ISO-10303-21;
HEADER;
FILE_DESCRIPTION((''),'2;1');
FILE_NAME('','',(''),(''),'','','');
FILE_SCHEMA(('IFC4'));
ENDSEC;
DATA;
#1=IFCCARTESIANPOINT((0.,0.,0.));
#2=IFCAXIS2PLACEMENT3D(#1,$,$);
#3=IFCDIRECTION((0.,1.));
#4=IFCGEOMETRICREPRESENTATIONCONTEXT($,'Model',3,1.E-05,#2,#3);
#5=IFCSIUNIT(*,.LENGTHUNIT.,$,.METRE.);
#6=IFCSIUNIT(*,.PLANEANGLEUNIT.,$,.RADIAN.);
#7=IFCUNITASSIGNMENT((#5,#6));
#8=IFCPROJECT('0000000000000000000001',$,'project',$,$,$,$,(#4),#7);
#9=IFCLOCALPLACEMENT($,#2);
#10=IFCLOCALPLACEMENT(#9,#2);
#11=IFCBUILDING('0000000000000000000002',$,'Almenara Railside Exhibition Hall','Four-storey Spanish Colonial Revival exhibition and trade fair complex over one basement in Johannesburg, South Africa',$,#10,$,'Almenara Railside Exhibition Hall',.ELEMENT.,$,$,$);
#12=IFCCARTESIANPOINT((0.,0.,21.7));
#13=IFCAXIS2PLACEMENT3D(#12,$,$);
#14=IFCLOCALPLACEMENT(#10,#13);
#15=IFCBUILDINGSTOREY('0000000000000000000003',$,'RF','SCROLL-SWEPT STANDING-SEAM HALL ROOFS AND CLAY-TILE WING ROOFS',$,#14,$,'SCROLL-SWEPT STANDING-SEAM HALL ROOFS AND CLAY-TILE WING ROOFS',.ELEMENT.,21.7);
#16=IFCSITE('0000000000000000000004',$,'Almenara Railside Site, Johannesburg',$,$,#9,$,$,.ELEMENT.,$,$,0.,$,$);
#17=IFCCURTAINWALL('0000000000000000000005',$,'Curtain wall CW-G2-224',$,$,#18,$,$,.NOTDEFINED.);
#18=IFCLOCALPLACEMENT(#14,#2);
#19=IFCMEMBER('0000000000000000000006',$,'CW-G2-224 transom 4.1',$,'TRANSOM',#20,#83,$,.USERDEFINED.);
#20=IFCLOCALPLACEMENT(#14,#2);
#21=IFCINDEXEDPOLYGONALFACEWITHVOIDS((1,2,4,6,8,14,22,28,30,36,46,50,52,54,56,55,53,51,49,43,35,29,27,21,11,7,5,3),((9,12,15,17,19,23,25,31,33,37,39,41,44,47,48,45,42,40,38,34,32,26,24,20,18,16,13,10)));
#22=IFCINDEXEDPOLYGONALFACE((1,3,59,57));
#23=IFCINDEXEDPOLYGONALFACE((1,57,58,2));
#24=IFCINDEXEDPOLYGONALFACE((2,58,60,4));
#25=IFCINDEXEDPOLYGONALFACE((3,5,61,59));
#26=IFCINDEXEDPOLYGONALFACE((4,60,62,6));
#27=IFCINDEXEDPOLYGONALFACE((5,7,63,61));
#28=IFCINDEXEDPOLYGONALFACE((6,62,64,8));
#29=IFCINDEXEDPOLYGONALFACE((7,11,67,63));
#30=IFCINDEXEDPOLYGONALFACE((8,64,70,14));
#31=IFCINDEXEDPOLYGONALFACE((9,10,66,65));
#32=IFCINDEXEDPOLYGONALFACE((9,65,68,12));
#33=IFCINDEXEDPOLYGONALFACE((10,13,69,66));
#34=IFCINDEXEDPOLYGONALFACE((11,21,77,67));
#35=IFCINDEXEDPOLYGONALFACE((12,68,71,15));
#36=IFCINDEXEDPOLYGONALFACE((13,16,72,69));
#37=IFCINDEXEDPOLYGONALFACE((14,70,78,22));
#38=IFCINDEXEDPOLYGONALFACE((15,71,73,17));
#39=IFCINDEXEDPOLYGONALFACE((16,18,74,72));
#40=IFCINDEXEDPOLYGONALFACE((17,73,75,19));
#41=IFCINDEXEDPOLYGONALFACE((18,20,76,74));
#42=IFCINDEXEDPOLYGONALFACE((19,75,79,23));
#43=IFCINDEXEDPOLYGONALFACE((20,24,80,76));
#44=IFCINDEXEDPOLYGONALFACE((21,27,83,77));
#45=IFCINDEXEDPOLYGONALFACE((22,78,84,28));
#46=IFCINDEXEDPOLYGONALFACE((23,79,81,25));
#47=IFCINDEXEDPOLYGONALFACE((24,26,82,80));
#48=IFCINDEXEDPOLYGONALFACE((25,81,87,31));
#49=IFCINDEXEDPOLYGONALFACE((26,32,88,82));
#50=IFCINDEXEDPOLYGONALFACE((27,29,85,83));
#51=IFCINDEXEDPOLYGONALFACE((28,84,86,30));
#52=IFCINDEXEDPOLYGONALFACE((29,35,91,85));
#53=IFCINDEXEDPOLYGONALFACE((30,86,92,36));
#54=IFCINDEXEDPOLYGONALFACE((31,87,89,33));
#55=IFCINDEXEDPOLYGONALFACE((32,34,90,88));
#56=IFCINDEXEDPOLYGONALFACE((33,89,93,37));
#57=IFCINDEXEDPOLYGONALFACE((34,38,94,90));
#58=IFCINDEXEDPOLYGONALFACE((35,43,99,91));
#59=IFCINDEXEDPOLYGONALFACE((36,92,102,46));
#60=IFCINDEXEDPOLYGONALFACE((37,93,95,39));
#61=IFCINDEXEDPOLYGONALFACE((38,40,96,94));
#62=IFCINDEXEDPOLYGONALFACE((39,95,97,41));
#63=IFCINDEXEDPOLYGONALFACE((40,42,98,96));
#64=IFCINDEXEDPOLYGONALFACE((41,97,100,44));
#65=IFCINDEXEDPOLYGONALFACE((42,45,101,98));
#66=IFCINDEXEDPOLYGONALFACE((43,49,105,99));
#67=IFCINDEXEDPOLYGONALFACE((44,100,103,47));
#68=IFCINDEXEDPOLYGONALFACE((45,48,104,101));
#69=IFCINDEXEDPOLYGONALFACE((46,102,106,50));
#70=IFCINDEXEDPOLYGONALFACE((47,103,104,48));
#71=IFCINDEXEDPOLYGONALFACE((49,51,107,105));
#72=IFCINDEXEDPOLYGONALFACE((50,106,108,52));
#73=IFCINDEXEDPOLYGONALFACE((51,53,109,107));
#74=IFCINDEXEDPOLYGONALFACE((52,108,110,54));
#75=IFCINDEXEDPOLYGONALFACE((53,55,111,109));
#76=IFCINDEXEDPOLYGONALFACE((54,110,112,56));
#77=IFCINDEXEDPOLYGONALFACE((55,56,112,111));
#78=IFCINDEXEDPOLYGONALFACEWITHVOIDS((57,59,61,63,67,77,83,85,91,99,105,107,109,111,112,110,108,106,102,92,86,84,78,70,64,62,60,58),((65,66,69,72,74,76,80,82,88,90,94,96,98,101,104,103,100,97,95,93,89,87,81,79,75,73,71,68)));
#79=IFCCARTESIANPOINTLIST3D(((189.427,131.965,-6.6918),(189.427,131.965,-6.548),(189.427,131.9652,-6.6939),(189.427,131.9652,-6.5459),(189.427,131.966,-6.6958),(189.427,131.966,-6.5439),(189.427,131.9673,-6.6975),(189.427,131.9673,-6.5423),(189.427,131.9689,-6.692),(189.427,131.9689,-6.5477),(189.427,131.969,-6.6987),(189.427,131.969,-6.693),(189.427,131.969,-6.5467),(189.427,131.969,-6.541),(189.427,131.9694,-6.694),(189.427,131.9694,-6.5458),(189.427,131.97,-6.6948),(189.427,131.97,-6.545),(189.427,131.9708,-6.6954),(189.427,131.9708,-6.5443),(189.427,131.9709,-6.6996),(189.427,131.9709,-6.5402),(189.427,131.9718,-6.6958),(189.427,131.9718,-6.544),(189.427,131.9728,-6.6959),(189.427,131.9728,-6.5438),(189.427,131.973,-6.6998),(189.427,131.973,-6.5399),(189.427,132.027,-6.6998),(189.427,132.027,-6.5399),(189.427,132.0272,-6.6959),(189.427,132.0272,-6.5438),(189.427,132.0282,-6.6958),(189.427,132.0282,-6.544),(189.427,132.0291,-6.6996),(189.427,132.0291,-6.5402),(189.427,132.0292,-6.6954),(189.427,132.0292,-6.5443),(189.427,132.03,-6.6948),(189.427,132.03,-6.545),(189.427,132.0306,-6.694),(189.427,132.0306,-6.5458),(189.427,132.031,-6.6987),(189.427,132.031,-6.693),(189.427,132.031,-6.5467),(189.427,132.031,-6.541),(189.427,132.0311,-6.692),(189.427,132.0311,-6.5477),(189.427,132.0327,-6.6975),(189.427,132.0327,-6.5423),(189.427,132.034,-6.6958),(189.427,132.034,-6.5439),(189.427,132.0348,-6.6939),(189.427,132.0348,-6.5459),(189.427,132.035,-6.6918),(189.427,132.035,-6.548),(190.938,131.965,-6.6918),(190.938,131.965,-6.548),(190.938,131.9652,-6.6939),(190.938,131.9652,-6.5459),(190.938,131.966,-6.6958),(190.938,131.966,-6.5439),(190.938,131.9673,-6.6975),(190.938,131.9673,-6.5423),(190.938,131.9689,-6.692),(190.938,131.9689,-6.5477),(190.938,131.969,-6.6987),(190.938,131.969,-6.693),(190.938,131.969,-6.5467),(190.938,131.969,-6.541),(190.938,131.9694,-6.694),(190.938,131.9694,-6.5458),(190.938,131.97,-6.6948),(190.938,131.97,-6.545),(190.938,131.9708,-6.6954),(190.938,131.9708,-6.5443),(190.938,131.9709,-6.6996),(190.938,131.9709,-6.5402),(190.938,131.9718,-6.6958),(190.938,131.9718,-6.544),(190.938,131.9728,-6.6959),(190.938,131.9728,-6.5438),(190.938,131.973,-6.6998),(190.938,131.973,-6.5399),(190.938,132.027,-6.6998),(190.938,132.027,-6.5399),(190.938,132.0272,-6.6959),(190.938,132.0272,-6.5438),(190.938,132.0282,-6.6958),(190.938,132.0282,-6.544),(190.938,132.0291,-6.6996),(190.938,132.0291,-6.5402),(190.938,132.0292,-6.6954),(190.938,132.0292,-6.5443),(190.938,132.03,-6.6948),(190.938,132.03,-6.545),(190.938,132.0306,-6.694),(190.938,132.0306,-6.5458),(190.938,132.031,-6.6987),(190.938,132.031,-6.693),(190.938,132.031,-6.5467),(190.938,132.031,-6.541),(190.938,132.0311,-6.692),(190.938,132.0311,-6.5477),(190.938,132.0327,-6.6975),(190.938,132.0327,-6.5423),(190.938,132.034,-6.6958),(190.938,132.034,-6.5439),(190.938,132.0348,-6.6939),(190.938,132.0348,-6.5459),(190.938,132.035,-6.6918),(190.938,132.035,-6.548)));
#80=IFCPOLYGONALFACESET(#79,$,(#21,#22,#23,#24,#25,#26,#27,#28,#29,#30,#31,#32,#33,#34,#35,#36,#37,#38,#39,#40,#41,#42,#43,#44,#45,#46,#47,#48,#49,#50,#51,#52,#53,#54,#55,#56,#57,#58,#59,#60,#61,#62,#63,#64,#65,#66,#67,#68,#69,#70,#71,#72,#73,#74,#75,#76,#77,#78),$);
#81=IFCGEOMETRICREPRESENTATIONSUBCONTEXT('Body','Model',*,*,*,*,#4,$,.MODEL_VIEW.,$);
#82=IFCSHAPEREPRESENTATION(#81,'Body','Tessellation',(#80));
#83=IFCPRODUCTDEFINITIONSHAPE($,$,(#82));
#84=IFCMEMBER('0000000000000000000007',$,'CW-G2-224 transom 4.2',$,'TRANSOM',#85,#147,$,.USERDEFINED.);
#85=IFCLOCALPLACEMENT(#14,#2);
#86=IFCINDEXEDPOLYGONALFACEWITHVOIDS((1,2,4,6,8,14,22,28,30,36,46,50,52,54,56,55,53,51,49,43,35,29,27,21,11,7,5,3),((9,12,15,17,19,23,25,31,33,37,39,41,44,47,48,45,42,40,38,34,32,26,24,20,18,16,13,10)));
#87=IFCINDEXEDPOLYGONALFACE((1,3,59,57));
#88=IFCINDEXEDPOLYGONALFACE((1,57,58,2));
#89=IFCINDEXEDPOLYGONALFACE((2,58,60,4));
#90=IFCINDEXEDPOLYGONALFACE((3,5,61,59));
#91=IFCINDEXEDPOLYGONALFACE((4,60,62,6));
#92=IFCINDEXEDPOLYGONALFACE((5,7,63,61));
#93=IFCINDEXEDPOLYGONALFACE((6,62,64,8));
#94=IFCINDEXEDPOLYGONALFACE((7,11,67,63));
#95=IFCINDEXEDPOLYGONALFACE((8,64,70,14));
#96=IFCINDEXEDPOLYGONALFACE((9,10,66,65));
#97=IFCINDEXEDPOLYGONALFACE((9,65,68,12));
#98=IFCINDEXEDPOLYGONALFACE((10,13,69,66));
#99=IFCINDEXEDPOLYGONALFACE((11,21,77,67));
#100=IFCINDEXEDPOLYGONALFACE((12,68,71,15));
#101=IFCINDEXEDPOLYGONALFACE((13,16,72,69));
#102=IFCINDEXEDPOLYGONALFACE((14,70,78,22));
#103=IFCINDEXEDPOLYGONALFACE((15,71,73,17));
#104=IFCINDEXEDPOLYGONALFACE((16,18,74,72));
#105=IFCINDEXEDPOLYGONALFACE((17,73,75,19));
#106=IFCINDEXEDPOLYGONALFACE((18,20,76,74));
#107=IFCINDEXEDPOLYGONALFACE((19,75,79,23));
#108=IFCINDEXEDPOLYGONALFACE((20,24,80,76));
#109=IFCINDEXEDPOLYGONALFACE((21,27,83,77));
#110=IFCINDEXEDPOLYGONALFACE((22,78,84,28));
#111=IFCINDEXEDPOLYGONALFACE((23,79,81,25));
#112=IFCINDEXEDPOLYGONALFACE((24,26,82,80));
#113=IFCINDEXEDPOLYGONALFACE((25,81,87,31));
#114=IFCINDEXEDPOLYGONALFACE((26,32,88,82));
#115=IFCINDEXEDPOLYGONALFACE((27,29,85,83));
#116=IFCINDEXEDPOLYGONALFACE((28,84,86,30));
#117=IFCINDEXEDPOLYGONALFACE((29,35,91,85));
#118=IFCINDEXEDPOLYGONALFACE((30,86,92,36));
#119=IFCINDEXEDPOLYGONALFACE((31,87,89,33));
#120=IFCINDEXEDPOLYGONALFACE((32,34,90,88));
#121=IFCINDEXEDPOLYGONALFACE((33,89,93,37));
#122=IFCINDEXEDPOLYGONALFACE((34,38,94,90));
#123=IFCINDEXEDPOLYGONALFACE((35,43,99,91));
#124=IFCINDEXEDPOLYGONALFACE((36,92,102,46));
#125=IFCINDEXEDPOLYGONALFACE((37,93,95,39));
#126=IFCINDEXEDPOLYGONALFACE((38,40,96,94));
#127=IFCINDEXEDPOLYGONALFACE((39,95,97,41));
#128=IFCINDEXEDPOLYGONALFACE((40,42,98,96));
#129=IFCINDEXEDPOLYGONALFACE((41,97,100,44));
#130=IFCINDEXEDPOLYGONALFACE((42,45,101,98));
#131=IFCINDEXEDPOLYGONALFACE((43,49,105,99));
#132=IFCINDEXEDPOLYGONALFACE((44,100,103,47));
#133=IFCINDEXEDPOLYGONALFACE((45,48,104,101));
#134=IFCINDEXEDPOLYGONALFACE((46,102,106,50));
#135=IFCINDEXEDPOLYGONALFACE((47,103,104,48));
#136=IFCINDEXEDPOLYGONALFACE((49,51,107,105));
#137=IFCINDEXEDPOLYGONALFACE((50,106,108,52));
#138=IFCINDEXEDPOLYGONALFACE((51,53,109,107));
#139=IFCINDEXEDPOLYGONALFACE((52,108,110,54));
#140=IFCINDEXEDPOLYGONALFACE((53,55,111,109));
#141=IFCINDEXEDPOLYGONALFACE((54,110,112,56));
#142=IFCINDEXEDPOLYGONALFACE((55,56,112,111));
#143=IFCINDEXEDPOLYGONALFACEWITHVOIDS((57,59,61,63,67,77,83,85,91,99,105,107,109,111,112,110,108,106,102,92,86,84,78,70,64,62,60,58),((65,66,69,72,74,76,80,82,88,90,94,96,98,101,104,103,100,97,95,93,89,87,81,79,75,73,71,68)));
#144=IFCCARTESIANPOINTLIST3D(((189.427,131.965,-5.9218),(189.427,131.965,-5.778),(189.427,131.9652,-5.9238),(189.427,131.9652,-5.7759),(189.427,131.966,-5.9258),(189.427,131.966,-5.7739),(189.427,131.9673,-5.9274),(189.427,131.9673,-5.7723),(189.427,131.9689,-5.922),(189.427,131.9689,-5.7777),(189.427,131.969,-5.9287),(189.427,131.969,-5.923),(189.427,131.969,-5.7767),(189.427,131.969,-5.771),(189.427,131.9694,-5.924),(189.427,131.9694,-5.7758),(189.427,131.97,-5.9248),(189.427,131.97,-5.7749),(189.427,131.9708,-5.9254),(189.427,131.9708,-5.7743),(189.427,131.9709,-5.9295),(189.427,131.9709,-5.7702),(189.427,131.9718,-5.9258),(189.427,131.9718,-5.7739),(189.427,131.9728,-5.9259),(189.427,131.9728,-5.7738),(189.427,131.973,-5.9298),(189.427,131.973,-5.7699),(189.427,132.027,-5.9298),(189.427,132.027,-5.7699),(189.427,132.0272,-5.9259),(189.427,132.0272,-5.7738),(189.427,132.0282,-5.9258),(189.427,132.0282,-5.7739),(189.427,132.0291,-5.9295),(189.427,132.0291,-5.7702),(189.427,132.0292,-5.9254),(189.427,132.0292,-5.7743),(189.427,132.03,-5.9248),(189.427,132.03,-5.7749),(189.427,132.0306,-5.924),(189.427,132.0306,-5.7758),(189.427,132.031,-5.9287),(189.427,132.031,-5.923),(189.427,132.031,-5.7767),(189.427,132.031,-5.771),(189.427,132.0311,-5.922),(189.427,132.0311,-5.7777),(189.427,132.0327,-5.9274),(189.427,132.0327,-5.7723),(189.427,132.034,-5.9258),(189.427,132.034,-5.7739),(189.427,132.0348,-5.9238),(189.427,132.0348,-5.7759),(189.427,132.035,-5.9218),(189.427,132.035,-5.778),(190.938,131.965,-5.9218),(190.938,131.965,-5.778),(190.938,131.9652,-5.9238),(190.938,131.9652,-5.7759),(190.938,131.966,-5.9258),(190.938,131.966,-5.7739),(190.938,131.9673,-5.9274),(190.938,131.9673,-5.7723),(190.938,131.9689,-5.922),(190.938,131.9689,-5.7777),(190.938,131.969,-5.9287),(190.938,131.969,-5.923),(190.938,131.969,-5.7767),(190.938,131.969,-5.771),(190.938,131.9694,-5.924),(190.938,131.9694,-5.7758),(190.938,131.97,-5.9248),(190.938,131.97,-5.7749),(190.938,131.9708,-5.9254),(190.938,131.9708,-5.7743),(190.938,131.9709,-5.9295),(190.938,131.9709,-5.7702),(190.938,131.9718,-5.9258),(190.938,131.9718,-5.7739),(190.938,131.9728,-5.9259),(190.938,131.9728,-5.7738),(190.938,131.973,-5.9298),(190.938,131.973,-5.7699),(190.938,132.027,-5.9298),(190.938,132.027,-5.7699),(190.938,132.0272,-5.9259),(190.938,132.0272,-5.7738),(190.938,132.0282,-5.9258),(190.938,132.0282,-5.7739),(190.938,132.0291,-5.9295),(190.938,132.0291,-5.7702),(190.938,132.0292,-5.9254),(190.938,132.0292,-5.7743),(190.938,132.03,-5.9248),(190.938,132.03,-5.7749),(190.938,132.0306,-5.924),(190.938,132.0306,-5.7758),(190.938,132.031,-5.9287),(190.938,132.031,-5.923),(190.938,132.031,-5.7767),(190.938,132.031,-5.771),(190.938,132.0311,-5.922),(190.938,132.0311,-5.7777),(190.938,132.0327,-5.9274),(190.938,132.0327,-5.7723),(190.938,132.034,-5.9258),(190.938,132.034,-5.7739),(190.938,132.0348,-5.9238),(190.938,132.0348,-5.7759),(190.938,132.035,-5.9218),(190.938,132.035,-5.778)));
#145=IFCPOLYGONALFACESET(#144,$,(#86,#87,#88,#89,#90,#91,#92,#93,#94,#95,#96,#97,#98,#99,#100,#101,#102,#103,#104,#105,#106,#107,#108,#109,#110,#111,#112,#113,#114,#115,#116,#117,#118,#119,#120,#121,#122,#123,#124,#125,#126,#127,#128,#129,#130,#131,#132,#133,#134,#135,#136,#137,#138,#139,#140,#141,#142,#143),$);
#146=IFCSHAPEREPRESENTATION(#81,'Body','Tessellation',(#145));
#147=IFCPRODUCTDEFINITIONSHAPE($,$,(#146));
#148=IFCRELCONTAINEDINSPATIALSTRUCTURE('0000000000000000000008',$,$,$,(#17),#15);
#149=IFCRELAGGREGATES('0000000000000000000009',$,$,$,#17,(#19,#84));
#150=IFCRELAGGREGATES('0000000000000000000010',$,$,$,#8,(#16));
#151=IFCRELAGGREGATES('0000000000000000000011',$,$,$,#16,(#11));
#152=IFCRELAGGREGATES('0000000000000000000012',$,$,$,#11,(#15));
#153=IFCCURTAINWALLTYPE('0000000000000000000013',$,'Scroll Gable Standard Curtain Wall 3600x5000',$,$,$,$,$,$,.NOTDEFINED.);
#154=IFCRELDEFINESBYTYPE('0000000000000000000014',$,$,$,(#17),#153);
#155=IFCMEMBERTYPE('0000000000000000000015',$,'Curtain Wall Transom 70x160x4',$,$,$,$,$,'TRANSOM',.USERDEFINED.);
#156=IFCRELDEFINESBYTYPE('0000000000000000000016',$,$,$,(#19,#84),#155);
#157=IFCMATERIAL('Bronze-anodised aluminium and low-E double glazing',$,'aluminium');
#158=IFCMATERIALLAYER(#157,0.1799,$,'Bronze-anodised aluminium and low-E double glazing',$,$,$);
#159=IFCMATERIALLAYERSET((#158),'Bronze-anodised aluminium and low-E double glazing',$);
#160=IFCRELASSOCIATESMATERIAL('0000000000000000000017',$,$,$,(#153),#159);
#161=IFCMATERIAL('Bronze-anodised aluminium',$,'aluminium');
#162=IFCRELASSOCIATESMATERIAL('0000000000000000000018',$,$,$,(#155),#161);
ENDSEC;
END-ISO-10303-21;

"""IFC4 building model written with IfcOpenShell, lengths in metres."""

from ifc_helpers import new_model, si_unit, direction, frame, origin, origin_2d, place, context, subcontext, project, spatial, hollow_rectangle, extrude, material, layer, layer_set, material_profile, profile_set, type_object, element, aggregate, save


model = new_model("IFC4")

# Units and contexts
model_context = context("Model", 3, precision=1e-05, world=origin(), true_north=direction((0.0, 1.0)))
body_context = subcontext(model_context, "Body", "Model", "MODEL_VIEW")
ifc_project = project(units=[si_unit("LENGTHUNIT", "METRE"), si_unit("PLANEANGLEUNIT", "RADIAN")], contexts=[model_context])

# Site, building, storey
site_placement = place(None, origin())
site = spatial("IfcSite", under=ifc_project, at=site_placement, Name="Almenara Railside Site, Johannesburg", CompositionType="ELEMENT", RefElevation=0.0)
building_placement = place(site_placement, origin())
building = spatial("IfcBuilding", under=site, at=building_placement, Name="Almenara Railside Exhibition Hall", Description="Four-storey Spanish Colonial Revival exhibition and trade fair complex over one basement in Johannesburg, South Africa", LongName="Almenara Railside Exhibition Hall", CompositionType="ELEMENT")
storey_placement = place(building_placement, frame((0.0, 0.0, 21.7)))
storey = spatial("IfcBuildingStorey", under=building, at=storey_placement, Name="RF", Description="SCROLL-SWEPT STANDING-SEAM HALL ROOFS AND CLAY-TILE WING ROOFS", LongName="SCROLL-SWEPT STANDING-SEAM HALL ROOFS AND CLAY-TILE WING ROOFS", CompositionType="ELEMENT", Elevation=21.7)

# Curtain wall, members
ifc_material_1 = material(Name="Bronze-anodised aluminium and low-E double glazing", Category="aluminium")
ifc_layer_1 = layer(ifc_material_1, 0.1799, Name="Bronze-anodised aluminium and low-E double glazing")
ifc_layer_set_1 = layer_set([ifc_layer_1], Name="Bronze-anodised aluminium and low-E double glazing")
curtain_wall_type = type_object("IfcCurtainWallType", Name="Scroll Gable Standard Curtain Wall 3600x5000", PredefinedType="NOTDEFINED", material=ifc_layer_set_1)
curtain_wall_placement = place(storey_placement, origin())
curtain_wall = element("IfcCurtainWall", 1, at=curtain_wall_placement, inside=storey, type_object=curtain_wall_type, Name="Curtain wall CW-G2-224", PredefinedType="NOTDEFINED")
ifc_material_2 = material(Name="Bronze-anodised aluminium", Category="aluminium")
ifc_material_profile_1 = material_profile(ifc_material_2, hollow_rectangle(XDim=0.0701, YDim=0.1599, WallThickness=0.0039, InnerFilletRadius=0.0039, OuterFilletRadius=0.0081, at=origin_2d()), Name="ALU-TRN 70x160x4")
ifc_profile_set_1 = profile_set([ifc_material_profile_1], Name="Bronze-anodised aluminium")
member_type_1 = type_object("IfcMemberType", Name="Curtain Wall Transom 70x160x4", ElementType="TRANSOM", PredefinedType="USERDEFINED", material=ifc_profile_set_1)
member_1_placement = place(storey_placement, frame((189.427, 132.0, -6.6199), z_axis=(1.0, 0.0, 0.0), x_axis=(0.0, 1.0, 0.0)))
member_1 = element("IfcMember", 2, at=member_1_placement, type_object=member_type_1, Name="CW-G2-224 transom 4.1", ObjectType="TRANSOM", PredefinedType="USERDEFINED", context=body_context, shape_type="SweptSolid", body=[
    extrude(hollow_rectangle(XDim=0.0701, YDim=0.1599, WallThickness=0.0039, InnerFilletRadius=0.0039, OuterFilletRadius=0.0081, at=origin_2d()), origin(), (0.0, 0.0, 1.0), 1.511),
])
member_2_placement = place(storey_placement, frame((189.427, 132.0, -5.8499), z_axis=(1.0, 0.0, 0.0), x_axis=(0.0, 1.0, 0.0)))
member_2 = element("IfcMember", 3, at=member_2_placement, type_object=member_type_1, Name="CW-G2-224 transom 4.2", ObjectType="TRANSOM", PredefinedType="USERDEFINED", context=body_context, shape_type="SweptSolid", body=[
    extrude(hollow_rectangle(XDim=0.0701, YDim=0.1599, WallThickness=0.0039, InnerFilletRadius=0.0039, OuterFilletRadius=0.0081, at=origin_2d()), origin(), (0.0, 0.0, 1.0), 1.511),
])

aggregate(curtain_wall, [member_1, member_2])

save(model, "model.ifc")
